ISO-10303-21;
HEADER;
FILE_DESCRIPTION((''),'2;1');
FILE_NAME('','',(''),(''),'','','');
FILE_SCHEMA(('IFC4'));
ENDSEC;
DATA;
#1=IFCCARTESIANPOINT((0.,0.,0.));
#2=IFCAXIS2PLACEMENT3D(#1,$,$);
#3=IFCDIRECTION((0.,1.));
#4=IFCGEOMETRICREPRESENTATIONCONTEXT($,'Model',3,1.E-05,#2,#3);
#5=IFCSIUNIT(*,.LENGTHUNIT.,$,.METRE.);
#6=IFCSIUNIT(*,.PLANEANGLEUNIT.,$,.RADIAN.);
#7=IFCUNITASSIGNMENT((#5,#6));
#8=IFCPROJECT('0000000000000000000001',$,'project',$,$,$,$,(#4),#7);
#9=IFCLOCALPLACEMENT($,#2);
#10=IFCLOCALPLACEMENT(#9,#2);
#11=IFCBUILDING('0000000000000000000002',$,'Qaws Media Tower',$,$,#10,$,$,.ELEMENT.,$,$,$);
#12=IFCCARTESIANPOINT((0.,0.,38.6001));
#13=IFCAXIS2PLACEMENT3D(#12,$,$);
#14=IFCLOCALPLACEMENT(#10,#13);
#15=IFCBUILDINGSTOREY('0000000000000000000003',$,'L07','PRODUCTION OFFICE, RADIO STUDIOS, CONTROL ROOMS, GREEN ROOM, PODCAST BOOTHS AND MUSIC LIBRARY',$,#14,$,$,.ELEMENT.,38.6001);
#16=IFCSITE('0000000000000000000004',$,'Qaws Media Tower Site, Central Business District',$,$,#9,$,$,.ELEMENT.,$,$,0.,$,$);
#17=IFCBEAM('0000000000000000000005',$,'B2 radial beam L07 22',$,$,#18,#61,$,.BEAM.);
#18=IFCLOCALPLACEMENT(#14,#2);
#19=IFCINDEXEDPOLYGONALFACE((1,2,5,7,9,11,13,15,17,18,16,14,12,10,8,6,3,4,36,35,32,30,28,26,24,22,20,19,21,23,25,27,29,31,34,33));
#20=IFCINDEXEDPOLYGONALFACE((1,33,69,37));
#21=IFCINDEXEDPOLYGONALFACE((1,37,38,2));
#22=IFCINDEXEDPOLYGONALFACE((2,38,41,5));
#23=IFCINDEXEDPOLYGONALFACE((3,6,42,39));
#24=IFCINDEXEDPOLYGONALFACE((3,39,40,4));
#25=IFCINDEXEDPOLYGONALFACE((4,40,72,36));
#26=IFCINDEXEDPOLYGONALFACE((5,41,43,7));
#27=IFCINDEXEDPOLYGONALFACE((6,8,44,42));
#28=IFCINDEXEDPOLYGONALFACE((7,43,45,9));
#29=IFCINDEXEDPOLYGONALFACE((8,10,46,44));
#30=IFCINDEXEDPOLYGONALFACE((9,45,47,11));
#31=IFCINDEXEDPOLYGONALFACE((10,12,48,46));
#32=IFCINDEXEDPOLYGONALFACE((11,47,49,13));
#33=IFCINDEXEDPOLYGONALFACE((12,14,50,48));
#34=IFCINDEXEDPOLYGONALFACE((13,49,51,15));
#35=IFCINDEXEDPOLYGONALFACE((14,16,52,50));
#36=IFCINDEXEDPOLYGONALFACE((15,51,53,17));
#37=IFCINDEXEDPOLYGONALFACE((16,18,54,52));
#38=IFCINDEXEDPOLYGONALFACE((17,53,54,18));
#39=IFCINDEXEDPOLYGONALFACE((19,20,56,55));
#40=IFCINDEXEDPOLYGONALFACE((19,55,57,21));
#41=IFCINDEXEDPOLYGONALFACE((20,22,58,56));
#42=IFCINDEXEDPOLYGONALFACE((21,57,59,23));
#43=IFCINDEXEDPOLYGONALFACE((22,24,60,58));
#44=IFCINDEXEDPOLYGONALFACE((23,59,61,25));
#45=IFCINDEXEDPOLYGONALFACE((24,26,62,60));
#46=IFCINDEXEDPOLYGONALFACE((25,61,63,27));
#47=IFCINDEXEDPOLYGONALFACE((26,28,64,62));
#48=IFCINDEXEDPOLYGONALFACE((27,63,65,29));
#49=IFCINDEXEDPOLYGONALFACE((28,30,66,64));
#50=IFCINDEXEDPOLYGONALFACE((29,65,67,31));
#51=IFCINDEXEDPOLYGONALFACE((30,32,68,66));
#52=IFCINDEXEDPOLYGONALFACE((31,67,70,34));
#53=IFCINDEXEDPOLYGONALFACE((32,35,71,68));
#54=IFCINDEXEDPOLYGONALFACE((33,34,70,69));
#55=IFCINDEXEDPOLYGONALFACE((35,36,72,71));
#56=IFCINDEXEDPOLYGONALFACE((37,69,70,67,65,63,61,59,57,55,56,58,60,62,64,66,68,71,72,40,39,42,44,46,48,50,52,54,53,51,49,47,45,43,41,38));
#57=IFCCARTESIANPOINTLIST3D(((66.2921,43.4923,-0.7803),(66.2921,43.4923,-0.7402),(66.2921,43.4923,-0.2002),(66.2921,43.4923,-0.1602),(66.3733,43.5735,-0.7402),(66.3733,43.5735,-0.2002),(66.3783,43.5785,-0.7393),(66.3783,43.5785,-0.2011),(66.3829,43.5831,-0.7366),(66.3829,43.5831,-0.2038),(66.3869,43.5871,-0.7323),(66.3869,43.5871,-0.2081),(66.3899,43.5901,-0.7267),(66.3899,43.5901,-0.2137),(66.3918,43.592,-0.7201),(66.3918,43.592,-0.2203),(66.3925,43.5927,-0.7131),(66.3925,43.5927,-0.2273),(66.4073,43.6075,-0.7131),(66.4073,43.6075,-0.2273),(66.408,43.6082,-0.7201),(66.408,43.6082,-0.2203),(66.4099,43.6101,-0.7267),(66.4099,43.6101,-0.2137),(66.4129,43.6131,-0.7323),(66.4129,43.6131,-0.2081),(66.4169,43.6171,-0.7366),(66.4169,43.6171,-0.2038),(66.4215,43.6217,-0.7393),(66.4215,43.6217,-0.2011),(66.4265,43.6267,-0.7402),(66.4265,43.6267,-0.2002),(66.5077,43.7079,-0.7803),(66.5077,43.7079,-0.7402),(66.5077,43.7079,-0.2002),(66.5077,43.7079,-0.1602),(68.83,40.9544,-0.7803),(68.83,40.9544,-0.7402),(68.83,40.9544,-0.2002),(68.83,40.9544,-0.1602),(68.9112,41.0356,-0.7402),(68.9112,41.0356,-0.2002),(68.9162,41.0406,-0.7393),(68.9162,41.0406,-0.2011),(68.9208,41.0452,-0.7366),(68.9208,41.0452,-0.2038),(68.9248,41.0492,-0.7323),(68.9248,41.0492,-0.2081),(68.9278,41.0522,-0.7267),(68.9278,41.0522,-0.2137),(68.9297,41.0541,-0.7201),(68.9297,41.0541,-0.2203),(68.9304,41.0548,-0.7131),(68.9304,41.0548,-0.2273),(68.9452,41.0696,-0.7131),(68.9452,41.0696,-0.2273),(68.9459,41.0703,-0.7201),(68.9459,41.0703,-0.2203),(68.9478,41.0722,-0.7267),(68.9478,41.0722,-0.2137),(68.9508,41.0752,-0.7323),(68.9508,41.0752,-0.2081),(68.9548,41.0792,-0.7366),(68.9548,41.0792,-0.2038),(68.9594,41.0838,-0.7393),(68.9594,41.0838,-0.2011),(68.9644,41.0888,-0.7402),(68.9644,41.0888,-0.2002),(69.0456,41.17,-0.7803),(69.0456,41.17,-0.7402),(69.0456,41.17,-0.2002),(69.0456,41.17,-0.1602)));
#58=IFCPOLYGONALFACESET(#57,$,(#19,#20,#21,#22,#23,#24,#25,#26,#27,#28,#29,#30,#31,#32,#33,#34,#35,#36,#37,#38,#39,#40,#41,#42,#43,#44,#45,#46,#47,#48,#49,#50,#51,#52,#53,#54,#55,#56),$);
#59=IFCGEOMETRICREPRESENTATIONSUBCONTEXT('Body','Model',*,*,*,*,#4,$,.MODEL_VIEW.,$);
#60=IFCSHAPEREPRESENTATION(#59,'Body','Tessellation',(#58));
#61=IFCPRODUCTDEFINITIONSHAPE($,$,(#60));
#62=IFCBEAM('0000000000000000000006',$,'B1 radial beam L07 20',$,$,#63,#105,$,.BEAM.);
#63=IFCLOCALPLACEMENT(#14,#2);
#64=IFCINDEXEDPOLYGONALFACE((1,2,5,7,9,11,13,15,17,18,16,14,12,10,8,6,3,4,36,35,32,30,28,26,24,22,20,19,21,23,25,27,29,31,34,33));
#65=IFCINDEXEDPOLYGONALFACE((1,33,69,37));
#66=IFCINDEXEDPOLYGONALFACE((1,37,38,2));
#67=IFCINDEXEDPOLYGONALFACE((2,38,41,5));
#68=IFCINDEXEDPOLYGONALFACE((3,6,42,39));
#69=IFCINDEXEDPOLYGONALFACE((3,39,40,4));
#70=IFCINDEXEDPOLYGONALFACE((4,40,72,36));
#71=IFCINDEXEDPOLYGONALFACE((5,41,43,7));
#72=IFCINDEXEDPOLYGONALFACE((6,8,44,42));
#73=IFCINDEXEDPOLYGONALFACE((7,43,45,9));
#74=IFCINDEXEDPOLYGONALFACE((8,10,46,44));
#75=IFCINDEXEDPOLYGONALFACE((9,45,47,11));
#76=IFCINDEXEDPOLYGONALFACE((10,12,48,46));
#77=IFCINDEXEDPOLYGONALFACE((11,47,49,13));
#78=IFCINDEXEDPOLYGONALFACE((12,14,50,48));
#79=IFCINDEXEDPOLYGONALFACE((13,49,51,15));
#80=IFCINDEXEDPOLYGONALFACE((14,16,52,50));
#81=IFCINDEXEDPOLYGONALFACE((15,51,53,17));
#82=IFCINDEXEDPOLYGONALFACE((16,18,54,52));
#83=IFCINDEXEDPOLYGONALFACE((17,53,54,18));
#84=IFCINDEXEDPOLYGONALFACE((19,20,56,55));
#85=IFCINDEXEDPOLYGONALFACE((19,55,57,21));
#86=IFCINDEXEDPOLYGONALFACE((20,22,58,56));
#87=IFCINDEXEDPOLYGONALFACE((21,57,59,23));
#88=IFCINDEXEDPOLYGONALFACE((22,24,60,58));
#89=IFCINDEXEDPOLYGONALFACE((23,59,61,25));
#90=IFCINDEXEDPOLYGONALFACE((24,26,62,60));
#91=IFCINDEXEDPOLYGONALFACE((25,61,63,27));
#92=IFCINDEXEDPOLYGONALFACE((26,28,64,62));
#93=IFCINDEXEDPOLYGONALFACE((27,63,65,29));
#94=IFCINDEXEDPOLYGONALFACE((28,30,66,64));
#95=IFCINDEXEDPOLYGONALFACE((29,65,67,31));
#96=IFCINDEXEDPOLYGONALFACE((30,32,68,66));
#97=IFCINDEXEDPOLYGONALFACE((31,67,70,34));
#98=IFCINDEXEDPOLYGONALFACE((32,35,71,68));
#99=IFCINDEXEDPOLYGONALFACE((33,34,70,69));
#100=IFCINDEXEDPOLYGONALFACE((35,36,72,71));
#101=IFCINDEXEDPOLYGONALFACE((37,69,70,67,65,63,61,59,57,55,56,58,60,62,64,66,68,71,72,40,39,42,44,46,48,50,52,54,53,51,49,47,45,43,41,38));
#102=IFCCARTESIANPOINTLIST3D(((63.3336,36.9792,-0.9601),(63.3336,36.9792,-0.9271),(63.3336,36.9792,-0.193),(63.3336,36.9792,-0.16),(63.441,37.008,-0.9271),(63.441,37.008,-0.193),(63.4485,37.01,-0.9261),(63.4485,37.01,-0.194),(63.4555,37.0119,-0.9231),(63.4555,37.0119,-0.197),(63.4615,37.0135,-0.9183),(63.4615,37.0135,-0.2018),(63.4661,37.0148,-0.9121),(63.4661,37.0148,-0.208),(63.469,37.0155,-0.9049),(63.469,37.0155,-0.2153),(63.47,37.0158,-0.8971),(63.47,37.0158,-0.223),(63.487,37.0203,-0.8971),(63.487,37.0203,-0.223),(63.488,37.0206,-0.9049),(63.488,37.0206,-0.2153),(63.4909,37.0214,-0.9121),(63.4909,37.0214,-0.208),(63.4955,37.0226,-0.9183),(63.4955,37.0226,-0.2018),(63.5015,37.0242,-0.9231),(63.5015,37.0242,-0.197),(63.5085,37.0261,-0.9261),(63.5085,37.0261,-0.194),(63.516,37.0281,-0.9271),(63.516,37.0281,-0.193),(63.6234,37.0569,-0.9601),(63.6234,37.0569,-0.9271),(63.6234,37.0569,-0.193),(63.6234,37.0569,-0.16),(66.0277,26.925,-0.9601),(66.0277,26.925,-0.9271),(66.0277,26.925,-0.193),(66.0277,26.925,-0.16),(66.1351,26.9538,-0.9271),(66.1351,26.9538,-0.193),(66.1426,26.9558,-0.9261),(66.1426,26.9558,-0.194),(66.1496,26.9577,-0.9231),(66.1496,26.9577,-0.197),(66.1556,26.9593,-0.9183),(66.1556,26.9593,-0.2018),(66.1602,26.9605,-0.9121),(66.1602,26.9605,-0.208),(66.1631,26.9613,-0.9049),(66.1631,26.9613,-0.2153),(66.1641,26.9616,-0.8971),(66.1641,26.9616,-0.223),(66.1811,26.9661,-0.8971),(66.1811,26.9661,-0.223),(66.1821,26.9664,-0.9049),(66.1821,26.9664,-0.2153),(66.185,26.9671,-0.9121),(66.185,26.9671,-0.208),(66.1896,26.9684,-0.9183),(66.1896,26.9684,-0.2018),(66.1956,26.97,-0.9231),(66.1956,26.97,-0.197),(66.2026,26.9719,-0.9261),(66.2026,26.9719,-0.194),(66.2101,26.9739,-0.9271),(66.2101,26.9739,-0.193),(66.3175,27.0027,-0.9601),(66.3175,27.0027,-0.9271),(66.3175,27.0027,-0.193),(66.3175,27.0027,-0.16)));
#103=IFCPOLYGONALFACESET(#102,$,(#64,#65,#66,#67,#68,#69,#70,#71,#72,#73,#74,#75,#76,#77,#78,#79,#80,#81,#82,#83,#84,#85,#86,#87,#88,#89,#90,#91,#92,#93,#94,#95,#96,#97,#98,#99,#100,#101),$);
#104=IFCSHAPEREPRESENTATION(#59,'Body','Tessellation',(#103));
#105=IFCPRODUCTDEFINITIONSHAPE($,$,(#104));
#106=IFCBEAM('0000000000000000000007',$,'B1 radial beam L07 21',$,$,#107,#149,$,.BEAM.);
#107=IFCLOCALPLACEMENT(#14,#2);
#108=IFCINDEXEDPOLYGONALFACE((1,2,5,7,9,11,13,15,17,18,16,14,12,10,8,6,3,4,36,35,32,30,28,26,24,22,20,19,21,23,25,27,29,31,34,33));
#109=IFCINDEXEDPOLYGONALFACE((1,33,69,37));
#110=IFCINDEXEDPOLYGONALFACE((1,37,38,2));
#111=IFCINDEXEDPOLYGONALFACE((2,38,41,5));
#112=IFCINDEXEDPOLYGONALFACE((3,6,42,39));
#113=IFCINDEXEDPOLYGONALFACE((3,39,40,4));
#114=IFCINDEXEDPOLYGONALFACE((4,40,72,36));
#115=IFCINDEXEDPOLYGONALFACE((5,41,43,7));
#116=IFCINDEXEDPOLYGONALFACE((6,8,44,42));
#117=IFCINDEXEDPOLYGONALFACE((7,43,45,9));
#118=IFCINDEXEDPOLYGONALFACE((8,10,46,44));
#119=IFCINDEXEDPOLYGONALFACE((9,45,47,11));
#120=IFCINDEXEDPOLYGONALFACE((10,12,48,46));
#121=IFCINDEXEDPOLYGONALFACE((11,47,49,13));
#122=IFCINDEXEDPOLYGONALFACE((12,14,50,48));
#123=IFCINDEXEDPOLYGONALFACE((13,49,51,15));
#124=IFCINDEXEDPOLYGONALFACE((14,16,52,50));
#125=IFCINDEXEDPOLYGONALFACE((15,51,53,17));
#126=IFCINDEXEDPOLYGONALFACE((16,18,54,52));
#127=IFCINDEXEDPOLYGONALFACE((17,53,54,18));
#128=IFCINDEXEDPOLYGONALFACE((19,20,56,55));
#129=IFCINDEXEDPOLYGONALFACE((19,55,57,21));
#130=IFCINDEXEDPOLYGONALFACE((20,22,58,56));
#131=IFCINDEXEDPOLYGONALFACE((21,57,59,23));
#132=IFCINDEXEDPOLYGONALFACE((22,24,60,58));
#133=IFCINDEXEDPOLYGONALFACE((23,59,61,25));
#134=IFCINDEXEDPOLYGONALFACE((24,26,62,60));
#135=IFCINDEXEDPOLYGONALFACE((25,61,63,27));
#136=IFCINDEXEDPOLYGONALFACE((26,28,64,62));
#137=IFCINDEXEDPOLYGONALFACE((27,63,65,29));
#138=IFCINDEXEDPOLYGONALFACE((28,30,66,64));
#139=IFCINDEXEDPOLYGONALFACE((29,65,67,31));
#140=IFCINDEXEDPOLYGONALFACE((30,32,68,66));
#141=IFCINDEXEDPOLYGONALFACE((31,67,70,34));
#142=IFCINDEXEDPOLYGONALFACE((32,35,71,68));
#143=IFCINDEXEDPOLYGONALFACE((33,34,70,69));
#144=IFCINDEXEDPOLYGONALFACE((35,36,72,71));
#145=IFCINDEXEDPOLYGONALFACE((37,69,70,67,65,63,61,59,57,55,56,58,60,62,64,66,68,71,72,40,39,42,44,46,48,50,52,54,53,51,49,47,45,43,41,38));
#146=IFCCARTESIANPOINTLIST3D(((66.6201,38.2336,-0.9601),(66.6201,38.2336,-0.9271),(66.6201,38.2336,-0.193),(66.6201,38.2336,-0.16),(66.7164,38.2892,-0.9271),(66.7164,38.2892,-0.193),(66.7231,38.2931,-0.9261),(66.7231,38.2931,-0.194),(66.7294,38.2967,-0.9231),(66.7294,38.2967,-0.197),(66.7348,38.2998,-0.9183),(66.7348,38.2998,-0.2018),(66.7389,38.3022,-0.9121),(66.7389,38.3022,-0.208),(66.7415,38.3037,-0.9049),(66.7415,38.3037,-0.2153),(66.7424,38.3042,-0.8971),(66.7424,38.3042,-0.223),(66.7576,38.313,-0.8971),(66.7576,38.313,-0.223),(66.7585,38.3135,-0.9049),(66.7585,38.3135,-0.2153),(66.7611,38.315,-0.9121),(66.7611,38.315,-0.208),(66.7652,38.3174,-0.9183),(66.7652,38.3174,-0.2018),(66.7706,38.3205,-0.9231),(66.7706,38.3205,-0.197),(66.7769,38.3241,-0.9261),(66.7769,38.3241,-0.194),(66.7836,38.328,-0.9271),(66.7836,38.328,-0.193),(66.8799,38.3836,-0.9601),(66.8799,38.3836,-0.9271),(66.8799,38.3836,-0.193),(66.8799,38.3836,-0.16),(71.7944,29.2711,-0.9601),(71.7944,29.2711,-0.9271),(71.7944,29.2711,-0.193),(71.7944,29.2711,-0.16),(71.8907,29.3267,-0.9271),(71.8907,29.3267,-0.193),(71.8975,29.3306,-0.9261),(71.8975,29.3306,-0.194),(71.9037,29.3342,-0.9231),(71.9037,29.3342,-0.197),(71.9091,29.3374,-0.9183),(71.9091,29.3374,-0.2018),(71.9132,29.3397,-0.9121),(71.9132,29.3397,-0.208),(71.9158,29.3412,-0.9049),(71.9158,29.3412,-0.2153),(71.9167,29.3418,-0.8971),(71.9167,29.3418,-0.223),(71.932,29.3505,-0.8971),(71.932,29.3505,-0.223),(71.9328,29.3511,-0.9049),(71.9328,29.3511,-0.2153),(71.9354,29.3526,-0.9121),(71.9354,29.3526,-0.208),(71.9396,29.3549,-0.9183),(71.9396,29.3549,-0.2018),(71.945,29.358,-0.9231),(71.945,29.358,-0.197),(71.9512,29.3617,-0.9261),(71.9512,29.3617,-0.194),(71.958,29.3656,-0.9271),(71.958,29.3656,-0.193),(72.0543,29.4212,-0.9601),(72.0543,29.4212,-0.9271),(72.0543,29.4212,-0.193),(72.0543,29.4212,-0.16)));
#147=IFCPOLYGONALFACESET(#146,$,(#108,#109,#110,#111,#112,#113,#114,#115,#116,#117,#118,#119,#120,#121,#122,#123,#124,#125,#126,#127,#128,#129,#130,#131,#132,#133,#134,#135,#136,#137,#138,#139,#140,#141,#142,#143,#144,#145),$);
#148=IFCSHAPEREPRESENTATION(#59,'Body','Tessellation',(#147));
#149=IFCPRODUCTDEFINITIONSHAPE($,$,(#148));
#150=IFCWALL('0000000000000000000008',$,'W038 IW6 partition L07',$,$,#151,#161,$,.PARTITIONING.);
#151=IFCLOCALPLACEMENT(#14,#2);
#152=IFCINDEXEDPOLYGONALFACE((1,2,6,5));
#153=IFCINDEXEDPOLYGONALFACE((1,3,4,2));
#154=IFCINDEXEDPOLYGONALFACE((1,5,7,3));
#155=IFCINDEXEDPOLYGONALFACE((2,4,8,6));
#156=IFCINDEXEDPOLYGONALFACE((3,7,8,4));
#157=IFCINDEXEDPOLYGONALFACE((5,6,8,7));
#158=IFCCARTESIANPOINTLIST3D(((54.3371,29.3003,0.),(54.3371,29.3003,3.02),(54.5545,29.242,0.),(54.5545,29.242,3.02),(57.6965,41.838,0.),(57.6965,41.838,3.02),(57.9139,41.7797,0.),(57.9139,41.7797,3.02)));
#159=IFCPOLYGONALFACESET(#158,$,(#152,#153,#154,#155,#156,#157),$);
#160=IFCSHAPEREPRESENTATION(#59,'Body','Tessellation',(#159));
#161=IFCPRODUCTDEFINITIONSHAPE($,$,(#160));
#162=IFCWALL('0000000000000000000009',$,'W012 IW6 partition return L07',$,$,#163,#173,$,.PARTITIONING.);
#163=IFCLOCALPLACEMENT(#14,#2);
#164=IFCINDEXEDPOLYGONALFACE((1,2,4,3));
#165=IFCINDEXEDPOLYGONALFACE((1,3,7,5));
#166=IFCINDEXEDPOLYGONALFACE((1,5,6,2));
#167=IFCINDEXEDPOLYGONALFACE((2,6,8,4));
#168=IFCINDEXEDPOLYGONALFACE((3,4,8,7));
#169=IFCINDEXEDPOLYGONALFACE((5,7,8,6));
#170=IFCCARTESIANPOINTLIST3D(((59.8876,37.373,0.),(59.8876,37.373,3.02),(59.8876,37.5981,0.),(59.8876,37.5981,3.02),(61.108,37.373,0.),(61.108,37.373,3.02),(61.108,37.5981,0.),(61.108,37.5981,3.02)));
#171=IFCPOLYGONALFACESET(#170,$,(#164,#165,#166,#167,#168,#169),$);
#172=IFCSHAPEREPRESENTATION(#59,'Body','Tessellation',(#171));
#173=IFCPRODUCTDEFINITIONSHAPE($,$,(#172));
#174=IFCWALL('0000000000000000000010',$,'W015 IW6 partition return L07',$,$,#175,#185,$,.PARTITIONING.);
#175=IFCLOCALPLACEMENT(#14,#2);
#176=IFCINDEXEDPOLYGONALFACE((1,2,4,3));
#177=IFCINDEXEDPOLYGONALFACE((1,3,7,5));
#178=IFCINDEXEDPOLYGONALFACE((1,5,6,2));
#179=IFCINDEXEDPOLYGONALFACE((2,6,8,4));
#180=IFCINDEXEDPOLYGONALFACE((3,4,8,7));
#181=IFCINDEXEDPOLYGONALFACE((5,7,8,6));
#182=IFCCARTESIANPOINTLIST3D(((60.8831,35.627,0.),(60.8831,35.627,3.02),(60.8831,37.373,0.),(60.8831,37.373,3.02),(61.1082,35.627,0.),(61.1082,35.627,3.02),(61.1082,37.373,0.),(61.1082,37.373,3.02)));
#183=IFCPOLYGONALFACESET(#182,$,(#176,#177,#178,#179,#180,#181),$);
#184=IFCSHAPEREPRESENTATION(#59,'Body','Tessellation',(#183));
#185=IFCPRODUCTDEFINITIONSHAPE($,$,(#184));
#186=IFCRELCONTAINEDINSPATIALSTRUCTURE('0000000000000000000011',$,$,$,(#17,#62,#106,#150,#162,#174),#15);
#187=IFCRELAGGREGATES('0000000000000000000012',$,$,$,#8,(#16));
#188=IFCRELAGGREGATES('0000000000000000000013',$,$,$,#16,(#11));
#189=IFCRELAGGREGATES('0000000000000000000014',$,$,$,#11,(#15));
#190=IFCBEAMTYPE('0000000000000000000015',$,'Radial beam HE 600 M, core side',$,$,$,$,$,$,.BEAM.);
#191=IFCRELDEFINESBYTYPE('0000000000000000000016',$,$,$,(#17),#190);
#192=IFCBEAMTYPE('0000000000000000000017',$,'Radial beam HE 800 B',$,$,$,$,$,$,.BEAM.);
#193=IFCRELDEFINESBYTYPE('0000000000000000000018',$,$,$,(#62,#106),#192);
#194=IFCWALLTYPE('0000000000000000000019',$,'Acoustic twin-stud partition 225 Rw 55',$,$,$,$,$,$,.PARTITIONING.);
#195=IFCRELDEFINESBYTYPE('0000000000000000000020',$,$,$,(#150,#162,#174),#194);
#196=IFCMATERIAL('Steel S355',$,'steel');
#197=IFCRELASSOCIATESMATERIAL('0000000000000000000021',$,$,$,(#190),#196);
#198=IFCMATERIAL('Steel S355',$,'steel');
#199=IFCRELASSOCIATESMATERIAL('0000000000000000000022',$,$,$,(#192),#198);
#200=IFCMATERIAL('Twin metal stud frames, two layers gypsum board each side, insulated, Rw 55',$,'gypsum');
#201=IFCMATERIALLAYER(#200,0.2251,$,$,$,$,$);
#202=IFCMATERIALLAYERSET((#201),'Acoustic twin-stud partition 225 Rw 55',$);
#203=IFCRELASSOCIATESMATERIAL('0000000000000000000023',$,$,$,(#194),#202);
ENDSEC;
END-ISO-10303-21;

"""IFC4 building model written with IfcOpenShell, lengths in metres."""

from ifc_helpers import new_model, si_unit, direction, frame, frame_2d, origin, origin_2d, place, context, subcontext, project, spatial, rectangle, i_section, extrude, material, layer, layer_set, material_profile, profile_set, type_object, element, save


model = new_model("IFC4")

# Units and contexts
model_context = context("Model", 3, precision=1e-05, world=origin(), true_north=direction((0.0, 1.0)))
body_context = subcontext(model_context, "Body", "Model", "MODEL_VIEW")
ifc_project = project(units=[si_unit("LENGTHUNIT", "METRE"), si_unit("PLANEANGLEUNIT", "RADIAN")], contexts=[model_context])

# Site, building, storey
site_placement = place(None, origin())
site = spatial("IfcSite", under=ifc_project, at=site_placement, Name="Qaws Media Tower Site, Central Business District", CompositionType="ELEMENT", RefElevation=0.0)
building_placement = place(site_placement, origin())
building = spatial("IfcBuilding", under=site, at=building_placement, Name="Qaws Media Tower", CompositionType="ELEMENT")
storey_placement = place(building_placement, frame((0.0, 0.0, 38.6001)))
storey = spatial("IfcBuildingStorey", under=building, at=storey_placement, Name="L07", Description="PRODUCTION OFFICE, RADIO STUDIOS, CONTROL ROOMS, GREEN ROOM, PODCAST BOOTHS AND MUSIC LIBRARY", CompositionType="ELEMENT", Elevation=38.6001)

# Beams
ifc_material_1 = material(Name="Steel S355", Category="steel")
ifc_material_profile_1 = material_profile(ifc_material_1, i_section(OverallWidth=0.3049, OverallDepth=0.6201, WebThickness=0.021, FlangeThickness=0.04, FilletRadius=0.0271, at=origin_2d()), Name="HE 600 M")
ifc_profile_set_1 = profile_set([ifc_material_profile_1], Name="Steel S355")
beam_type_1 = type_object("IfcBeamType", Name="Radial beam HE 600 M, core side", PredefinedType="BEAM", material=ifc_profile_set_1)
beam_1_placement = place(storey_placement, frame((66.3999, 43.6001, -0.4702), z_axis=(0.707107, -0.707107, 0.0), x_axis=(0.707107, 0.707107, 0.0)))
element("IfcBeam", 1, at=beam_1_placement, inside=storey, type_object=beam_type_1, Name="B2 radial beam L07 22", PredefinedType="BEAM", context=body_context, shape_type="SweptSolid", body=[
    extrude(i_section(OverallWidth=0.3049, OverallDepth=0.6201, WebThickness=0.021, FlangeThickness=0.04, FilletRadius=0.0271, at=origin_2d()), origin(), (0.0, 0.0, 1.0), 3.5891),
])
ifc_material_2 = material(Name="Steel S355", Category="steel")
ifc_material_profile_2 = material_profile(ifc_material_2, i_section(OverallWidth=0.3, OverallDepth=0.8, WebThickness=0.0176, FlangeThickness=0.033, FilletRadius=0.03, at=origin_2d()), Name="HE 800 B")
ifc_profile_set_2 = profile_set([ifc_material_profile_2], Name="Steel S355")
beam_type_2 = type_object("IfcBeamType", Name="Radial beam HE 800 B", PredefinedType="BEAM", material=ifc_profile_set_2)
beam_2_placement = place(storey_placement, frame((63.4785, 37.0181, -0.5601), z_axis=(0.258826, -0.965924, 0.0), x_axis=(0.965924, 0.258826, 0.0)))
element("IfcBeam", 2, at=beam_2_placement, inside=storey, type_object=beam_type_2, Name="B1 radial beam L07 20", PredefinedType="BEAM", context=body_context, shape_type="SweptSolid", body=[
    extrude(i_section(OverallWidth=0.3, OverallDepth=0.8, WebThickness=0.0176, FlangeThickness=0.033, FilletRadius=0.03, at=origin_2d()), origin(), (0.0, 0.0, 1.0), 10.4089),
])
beam_3_placement = place(storey_placement, frame((66.75, 38.3086, -0.5601), z_axis=(0.499991, -0.866031, 0.0), x_axis=(0.866031, 0.499991, 0.0)))
element("IfcBeam", 3, at=beam_3_placement, inside=storey, type_object=beam_type_2, Name="B1 radial beam L07 21", PredefinedType="BEAM", context=body_context, shape_type="SweptSolid", body=[
    extrude(i_section(OverallWidth=0.3, OverallDepth=0.8, WebThickness=0.0176, FlangeThickness=0.033, FilletRadius=0.03, at=origin_2d()), origin(), (0.0, 0.0, 1.0), 10.3489),
])

# Walls
ifc_material_3 = material(Name="Twin metal stud frames, two layers gypsum board each side, insulated, Rw 55", Category="gypsum")
ifc_layer_1 = layer(ifc_material_3, 0.2251)
ifc_layer_set_1 = layer_set([ifc_layer_1], Name="Acoustic twin-stud partition 225 Rw 55")
wall_type_1 = type_object("IfcWallType", Name="Acoustic twin-stud partition 225 Rw 55", PredefinedType="PARTITIONING", material=ifc_layer_set_1)
wall_1_placement = place(storey_placement, frame((57.8052, 41.8088, 0.0), z_axis=(0.0, 0.0, 1.0), x_axis=(-0.258814, -0.965927, 0.0)))
element("IfcWall", 4, at=wall_1_placement, inside=storey, type_object=wall_type_1, Name="W038 IW6 partition L07", PredefinedType="PARTITIONING", context=body_context, shape_type="SweptSolid", body=[
    extrude(rectangle(XDim=12.98, YDim=0.2251, at=frame_2d((6.49, 0.0))), origin(), (0.0, 0.0, 1.0), 3.02),
])
wall_2_placement = place(storey_placement, frame((59.8875, 37.4856, 0.0), z_axis=(0.0, 0.0, 1.0), x_axis=(1.0, 0.0, 0.0)))
element("IfcWall", 5, at=wall_2_placement, inside=storey, type_object=wall_type_1, Name="W012 IW6 partition return L07", PredefinedType="PARTITIONING", context=body_context, shape_type="SweptSolid", body=[
    extrude(rectangle(XDim=1.2205, YDim=0.2251, at=frame_2d((0.6104, 0.0))), origin(), (0.0, 0.0, 1.0), 3.02),
])
wall_3_placement = place(storey_placement, frame((60.9956, 37.373, 0.0), z_axis=(0.0, 0.0, 1.0), x_axis=(0.0, -1.0, 0.0)))
element("IfcWall", 6, at=wall_3_placement, inside=storey, type_object=wall_type_1, Name="W015 IW6 partition return L07", PredefinedType="PARTITIONING", context=body_context, shape_type="SweptSolid", body=[
    extrude(rectangle(XDim=1.7461, YDim=0.2251, at=frame_2d((0.873, 0.0))), origin(), (0.0, 0.0, 1.0), 3.02),
])

save(model, "model.ifc")
